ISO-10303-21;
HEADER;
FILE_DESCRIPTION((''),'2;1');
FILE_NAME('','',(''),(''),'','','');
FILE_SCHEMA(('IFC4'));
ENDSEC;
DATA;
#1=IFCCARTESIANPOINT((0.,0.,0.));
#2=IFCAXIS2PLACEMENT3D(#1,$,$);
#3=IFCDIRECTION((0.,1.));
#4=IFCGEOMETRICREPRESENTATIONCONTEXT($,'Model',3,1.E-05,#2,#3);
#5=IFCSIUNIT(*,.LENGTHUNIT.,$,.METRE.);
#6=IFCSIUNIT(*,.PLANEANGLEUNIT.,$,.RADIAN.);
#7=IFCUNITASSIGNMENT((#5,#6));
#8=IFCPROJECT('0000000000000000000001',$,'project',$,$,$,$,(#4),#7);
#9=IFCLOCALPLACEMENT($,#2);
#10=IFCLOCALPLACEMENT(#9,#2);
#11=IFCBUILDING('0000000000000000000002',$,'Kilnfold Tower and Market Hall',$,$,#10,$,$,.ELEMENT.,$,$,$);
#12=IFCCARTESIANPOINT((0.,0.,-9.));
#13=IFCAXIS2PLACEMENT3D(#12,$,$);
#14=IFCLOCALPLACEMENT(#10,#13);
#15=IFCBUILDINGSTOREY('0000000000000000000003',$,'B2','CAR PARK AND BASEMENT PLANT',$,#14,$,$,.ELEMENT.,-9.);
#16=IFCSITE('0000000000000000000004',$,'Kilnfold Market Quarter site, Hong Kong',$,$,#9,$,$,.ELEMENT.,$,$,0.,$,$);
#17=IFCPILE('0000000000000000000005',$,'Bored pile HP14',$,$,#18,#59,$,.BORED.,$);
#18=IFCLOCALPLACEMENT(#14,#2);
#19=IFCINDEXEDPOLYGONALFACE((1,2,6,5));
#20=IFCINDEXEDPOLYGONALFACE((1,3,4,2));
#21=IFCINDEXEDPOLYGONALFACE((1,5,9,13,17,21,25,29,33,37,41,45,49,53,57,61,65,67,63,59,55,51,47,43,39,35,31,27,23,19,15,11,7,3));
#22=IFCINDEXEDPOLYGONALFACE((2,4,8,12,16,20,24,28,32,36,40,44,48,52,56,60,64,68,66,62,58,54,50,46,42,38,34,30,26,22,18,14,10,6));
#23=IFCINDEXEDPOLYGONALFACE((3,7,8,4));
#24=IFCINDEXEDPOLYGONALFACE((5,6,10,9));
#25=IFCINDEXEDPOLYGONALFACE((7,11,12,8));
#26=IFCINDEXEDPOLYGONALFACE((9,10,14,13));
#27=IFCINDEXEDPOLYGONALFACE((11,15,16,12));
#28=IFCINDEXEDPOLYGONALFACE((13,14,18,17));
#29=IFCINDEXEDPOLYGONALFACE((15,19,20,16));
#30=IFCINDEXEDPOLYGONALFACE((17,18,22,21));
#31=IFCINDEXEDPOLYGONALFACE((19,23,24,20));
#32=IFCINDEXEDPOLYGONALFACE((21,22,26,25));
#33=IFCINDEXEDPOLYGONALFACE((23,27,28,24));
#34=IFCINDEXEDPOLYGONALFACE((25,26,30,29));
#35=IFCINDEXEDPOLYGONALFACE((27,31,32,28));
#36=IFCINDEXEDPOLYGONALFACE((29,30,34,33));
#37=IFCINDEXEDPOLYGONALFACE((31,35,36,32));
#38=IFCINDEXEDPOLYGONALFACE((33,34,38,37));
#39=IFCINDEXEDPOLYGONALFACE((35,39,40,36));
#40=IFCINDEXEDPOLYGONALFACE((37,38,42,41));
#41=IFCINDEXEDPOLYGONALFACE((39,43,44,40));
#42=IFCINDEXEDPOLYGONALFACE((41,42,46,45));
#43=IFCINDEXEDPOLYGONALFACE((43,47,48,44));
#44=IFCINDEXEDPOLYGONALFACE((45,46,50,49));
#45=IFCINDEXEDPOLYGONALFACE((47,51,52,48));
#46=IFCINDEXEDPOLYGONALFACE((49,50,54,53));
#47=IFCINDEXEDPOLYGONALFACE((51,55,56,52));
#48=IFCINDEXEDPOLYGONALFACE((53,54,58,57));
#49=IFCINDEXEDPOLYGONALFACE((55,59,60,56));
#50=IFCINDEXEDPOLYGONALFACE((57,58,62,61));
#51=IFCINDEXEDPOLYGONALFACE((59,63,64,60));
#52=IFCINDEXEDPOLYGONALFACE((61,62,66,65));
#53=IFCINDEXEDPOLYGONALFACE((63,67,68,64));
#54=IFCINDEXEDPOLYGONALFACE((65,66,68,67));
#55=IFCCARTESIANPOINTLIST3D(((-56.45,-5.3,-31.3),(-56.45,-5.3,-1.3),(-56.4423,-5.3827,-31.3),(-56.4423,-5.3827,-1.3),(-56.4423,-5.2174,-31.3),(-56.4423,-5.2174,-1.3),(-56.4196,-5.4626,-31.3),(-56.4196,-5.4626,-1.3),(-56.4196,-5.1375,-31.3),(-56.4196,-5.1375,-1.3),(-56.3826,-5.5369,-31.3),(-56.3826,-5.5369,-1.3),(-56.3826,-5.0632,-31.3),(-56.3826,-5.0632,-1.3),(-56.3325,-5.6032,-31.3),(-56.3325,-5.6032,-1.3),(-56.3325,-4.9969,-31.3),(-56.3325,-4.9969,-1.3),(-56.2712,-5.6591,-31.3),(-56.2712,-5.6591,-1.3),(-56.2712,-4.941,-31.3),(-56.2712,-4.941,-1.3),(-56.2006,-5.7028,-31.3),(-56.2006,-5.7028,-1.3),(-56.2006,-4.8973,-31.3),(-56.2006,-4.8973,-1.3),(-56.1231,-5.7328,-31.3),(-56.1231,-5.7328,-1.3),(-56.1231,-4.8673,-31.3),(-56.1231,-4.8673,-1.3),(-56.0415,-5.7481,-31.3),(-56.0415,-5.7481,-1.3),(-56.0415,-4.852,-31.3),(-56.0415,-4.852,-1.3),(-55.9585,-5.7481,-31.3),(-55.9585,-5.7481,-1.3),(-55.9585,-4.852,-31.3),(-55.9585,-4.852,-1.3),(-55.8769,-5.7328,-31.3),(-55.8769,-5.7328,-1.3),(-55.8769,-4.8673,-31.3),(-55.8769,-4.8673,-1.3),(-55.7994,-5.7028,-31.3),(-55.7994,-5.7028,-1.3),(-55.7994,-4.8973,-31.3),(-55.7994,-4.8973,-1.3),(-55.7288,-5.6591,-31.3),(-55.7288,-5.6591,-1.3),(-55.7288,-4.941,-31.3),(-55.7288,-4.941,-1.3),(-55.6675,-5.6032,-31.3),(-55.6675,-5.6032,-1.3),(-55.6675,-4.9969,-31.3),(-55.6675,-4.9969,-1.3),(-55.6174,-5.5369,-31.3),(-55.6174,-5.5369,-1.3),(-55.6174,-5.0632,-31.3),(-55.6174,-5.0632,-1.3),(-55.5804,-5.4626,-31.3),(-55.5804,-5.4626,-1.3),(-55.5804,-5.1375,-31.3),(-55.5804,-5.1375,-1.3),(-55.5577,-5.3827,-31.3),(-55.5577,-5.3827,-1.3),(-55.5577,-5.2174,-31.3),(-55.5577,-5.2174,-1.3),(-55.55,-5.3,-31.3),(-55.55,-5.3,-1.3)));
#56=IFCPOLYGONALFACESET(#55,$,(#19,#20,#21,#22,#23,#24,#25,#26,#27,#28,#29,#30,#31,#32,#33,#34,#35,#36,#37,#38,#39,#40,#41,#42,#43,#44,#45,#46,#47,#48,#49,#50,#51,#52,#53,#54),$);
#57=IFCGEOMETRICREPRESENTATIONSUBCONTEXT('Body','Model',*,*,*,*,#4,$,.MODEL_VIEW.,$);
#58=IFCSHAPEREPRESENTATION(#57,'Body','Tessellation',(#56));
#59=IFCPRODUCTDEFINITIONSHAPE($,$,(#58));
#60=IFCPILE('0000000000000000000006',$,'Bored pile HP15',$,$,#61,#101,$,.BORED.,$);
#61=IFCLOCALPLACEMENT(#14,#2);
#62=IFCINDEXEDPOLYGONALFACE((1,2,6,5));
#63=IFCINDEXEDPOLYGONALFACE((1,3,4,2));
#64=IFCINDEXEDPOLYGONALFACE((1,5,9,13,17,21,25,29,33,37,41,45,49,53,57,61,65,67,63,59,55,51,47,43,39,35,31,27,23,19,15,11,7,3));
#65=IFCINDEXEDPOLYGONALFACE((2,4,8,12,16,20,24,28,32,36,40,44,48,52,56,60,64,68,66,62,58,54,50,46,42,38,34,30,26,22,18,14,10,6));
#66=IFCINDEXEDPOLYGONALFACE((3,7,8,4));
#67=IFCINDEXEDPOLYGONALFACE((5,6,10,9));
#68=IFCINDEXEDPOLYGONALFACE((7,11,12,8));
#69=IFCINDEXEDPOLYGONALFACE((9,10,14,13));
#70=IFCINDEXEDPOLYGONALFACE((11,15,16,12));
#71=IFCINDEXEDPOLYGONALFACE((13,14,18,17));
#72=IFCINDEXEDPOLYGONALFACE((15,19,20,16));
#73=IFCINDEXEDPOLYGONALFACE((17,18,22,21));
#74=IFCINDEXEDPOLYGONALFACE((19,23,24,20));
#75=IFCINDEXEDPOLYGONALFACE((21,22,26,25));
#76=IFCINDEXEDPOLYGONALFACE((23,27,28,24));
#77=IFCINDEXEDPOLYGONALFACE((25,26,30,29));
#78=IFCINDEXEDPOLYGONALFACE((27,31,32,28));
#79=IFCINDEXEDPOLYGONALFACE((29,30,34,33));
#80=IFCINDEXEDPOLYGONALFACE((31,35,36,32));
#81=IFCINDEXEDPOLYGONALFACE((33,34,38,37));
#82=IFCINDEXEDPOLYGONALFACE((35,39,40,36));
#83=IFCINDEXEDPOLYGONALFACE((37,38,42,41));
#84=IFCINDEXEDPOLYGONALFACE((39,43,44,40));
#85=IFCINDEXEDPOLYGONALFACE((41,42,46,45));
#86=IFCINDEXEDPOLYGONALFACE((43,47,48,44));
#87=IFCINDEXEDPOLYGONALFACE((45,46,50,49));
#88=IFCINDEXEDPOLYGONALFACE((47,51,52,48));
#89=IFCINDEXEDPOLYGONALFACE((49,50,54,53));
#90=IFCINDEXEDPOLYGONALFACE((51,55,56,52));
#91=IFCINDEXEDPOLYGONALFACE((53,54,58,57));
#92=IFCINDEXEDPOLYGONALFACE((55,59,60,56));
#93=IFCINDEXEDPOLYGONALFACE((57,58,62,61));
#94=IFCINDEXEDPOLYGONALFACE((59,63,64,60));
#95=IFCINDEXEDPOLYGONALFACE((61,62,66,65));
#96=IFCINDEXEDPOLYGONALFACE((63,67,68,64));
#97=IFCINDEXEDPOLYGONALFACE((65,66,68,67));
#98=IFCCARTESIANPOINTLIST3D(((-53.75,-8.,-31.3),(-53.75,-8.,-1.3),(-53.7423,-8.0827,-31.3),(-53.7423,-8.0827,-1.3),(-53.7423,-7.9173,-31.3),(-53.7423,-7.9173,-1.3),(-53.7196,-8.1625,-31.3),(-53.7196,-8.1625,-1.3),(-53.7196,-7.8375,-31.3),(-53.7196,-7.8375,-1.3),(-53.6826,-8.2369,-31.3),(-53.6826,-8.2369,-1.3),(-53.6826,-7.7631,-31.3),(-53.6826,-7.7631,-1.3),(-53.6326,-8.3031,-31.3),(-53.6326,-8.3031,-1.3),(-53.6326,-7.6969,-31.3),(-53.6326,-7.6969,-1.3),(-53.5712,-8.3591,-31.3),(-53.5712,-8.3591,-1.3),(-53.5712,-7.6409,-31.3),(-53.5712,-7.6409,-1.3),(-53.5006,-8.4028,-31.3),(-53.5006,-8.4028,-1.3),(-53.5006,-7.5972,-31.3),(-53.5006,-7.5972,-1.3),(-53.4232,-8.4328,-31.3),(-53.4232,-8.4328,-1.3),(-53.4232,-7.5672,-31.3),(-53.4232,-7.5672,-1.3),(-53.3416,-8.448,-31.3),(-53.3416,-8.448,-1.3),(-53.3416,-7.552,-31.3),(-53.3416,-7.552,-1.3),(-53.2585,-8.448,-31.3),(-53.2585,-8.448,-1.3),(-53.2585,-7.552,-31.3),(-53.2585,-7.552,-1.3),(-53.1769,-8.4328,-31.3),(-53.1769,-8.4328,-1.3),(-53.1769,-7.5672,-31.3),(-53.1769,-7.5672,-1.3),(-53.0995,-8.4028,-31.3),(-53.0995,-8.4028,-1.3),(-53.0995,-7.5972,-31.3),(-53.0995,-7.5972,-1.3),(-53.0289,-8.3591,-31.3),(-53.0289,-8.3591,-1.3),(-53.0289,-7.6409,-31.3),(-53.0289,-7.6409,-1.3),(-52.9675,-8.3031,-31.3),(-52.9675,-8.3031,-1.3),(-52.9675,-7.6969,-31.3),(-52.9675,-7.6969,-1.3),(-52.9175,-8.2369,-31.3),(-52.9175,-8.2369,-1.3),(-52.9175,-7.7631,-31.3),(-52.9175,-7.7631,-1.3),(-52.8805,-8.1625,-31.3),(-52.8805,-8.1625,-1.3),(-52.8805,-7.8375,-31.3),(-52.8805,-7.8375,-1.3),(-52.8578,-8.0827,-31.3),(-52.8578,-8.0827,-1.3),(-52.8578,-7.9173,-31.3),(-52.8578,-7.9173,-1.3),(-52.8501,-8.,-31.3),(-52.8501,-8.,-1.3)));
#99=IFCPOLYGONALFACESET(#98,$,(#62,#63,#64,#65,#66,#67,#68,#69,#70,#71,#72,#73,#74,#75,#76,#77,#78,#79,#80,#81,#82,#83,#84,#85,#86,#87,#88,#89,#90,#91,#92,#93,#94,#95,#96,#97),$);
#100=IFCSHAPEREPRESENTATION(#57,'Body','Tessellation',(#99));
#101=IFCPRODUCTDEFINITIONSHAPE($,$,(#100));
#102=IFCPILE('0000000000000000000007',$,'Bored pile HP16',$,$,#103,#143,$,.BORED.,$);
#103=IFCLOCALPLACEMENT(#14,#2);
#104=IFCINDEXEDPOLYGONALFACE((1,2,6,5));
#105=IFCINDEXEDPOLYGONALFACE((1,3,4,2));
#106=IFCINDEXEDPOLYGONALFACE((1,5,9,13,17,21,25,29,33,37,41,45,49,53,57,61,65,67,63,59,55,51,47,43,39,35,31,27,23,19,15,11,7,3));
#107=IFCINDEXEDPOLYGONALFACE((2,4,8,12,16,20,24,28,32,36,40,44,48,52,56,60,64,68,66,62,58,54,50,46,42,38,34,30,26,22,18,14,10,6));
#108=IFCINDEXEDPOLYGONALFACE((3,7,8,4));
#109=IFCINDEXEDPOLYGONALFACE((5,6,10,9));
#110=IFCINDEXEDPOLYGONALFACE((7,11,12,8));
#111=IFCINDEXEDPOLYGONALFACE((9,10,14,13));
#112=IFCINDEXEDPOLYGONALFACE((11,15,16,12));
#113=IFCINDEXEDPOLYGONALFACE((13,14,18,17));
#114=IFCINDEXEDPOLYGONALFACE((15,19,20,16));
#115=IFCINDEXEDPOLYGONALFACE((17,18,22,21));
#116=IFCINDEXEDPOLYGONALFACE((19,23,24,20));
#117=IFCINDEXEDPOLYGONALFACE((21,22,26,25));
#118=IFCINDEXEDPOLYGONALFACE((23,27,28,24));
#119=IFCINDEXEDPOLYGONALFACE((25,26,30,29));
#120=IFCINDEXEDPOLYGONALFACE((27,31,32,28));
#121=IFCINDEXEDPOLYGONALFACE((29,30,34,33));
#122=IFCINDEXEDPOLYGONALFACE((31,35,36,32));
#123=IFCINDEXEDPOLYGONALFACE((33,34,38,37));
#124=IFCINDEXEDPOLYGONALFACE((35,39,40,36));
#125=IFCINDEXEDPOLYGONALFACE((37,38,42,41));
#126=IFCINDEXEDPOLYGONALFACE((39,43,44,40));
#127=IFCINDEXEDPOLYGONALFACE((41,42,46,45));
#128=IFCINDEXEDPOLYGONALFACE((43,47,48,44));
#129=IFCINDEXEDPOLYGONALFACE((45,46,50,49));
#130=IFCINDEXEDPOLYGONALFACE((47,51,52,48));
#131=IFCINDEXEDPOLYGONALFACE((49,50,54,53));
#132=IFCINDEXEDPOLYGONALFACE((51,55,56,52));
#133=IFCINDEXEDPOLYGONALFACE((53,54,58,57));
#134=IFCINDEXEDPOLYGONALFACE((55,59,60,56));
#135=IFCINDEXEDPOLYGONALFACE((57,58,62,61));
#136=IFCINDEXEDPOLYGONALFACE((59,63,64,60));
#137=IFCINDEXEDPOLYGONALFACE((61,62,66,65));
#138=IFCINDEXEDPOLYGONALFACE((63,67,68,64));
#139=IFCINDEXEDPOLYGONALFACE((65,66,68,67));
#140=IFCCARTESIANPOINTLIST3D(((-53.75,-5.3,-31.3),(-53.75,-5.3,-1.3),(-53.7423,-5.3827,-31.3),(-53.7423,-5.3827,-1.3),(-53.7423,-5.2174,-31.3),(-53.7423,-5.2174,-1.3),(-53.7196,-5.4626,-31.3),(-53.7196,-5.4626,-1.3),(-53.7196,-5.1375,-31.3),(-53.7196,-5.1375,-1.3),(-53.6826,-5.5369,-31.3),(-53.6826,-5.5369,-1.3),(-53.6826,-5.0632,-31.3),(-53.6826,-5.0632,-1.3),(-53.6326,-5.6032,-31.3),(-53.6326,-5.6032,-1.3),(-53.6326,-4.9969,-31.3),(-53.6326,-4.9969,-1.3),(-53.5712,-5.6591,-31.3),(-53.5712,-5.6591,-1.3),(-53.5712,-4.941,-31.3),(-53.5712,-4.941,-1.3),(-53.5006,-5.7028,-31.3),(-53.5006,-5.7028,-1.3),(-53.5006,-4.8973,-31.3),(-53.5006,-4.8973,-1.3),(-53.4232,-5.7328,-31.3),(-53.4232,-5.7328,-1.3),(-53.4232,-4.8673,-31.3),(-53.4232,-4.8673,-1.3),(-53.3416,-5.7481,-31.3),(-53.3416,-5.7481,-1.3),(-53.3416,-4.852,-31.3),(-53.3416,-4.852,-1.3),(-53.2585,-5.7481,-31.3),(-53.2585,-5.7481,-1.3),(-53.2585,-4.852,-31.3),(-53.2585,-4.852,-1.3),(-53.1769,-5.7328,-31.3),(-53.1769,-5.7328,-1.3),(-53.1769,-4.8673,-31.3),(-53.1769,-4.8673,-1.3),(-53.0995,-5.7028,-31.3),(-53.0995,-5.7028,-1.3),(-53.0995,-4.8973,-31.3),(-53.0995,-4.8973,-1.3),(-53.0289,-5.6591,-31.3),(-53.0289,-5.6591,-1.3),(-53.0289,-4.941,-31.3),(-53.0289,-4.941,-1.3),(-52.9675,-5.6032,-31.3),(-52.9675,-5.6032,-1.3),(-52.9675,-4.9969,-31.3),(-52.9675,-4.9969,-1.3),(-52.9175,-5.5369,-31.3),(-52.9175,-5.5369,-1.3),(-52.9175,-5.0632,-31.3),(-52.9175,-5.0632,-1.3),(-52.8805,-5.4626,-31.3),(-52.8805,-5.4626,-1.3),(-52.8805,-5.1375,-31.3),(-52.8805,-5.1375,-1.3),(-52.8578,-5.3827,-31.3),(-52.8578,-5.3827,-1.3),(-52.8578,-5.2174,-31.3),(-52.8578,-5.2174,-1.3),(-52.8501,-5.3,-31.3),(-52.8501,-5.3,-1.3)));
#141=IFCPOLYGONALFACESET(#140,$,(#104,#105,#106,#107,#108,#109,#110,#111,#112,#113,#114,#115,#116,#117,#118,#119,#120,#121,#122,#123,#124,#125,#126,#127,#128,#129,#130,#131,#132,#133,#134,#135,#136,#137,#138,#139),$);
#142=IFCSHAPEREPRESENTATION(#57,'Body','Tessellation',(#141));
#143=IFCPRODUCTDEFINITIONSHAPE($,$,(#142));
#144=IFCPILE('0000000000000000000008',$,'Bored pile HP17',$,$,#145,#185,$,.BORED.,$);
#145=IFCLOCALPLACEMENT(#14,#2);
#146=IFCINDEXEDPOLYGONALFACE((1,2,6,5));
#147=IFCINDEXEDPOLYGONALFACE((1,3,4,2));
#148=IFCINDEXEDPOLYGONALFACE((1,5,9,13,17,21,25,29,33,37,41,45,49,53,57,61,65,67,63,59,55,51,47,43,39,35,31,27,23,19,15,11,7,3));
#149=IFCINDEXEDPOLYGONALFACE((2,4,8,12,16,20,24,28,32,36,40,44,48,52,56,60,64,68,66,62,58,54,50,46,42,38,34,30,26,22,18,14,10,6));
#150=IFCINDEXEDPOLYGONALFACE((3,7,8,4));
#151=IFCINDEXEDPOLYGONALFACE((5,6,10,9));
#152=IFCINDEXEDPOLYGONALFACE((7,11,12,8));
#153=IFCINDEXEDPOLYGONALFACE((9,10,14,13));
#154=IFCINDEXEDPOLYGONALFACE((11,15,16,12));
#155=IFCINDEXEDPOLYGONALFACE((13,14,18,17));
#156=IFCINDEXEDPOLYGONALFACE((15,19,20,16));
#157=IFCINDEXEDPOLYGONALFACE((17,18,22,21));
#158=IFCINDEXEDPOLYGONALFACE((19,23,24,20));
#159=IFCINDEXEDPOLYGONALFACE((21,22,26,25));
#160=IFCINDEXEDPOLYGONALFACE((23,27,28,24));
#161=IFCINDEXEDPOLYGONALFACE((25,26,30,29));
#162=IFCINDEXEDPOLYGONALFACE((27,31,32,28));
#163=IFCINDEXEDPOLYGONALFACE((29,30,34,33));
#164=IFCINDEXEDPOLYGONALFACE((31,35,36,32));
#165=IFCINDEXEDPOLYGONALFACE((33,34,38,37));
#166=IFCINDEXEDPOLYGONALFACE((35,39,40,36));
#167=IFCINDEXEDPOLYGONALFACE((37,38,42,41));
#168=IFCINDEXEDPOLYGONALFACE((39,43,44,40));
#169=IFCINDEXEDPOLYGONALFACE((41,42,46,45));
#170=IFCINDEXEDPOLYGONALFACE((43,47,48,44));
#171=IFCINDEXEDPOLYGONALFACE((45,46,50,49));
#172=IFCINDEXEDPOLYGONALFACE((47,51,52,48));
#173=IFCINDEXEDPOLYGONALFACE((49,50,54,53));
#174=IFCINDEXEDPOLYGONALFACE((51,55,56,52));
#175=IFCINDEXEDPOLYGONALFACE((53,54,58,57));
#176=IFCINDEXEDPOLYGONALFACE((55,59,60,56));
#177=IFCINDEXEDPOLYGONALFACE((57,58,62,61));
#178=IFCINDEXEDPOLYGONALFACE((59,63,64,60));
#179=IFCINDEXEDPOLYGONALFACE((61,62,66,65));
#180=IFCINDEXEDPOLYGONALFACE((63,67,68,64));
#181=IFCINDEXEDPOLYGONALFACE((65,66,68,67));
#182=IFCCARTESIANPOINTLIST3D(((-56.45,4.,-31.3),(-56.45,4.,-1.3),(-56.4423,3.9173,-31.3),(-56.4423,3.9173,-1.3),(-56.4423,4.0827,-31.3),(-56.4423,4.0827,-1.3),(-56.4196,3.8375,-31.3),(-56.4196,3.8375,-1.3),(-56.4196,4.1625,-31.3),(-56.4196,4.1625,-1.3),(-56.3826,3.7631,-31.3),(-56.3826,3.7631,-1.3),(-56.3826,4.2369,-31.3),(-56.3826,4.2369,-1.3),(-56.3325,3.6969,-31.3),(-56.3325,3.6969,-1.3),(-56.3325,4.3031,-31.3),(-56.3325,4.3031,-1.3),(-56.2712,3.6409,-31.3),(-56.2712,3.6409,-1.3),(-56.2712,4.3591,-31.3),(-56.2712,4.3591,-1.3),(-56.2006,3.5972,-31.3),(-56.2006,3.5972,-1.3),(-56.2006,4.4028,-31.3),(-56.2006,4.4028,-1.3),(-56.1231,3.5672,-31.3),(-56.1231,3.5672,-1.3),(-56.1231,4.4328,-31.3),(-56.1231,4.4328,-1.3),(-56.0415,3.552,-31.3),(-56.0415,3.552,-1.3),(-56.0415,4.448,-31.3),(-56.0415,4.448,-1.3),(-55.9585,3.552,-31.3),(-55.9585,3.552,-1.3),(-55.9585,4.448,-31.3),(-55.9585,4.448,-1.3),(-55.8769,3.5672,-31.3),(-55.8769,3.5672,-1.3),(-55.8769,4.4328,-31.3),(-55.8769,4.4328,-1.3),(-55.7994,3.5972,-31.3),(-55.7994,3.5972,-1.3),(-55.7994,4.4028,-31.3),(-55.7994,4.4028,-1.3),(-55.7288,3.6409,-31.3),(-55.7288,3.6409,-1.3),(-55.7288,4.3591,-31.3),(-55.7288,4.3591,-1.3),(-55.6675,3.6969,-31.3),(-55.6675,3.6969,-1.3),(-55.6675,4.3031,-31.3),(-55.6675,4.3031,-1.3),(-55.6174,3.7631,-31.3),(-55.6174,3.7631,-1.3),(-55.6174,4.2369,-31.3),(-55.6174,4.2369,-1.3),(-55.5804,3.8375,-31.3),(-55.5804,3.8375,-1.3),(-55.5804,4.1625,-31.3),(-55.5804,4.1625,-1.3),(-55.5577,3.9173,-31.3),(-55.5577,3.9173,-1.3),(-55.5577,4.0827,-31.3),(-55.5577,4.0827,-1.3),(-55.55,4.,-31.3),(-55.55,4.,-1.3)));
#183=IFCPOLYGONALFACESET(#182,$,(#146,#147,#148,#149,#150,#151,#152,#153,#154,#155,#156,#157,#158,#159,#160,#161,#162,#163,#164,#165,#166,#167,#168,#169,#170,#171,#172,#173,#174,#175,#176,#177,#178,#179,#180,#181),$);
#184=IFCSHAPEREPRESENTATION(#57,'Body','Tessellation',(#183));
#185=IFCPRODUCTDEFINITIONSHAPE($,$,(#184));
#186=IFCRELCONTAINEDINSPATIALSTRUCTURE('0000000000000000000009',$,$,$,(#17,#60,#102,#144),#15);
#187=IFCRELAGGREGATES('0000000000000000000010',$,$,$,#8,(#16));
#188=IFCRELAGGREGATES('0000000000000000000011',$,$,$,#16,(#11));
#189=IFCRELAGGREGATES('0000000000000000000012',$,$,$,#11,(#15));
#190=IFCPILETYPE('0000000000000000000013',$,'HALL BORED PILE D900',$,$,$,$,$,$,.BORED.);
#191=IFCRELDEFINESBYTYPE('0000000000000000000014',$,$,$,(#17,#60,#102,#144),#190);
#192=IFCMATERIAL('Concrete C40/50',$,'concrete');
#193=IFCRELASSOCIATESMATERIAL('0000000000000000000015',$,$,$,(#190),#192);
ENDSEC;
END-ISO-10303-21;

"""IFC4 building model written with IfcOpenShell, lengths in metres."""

from ifc_helpers import new_model, si_unit, direction, frame, origin, origin_2d, place, context, subcontext, project, spatial, circle, extrude, source, transform, mapped, material, material_profile, profile_set, type_object, element, save


model = new_model("IFC4")

# Units and contexts
model_context = context("Model", 3, precision=1e-05, world=origin(), true_north=direction((0.0, 1.0)))
body_context = subcontext(model_context, "Body", "Model", "MODEL_VIEW")
ifc_project = project(units=[si_unit("LENGTHUNIT", "METRE"), si_unit("PLANEANGLEUNIT", "RADIAN")], contexts=[model_context])

# Site, building, storey
site_placement = place(None, origin())
site = spatial("IfcSite", under=ifc_project, at=site_placement, Name="Kilnfold Market Quarter site, Hong Kong", CompositionType="ELEMENT", RefElevation=0.0)
building_placement = place(site_placement, origin())
building = spatial("IfcBuilding", under=site, at=building_placement, Name="Kilnfold Tower and Market Hall", CompositionType="ELEMENT")
storey_placement = place(building_placement, frame((0.0, 0.0, -9.0)))
storey = spatial("IfcBuildingStorey", under=building, at=storey_placement, Name="B2", Description="CAR PARK AND BASEMENT PLANT", CompositionType="ELEMENT", Elevation=-9.0)

# Piles
ifc_material_1 = material(Name="Concrete C40/50", Category="concrete")
ifc_material_profile_1 = material_profile(ifc_material_1, circle(Radius=0.45, at=origin_2d()), Name="D900")
ifc_profile_set_1 = profile_set([ifc_material_profile_1], Name="Concrete C40/50")
pile_type = type_object("IfcPileType", Name="HALL BORED PILE D900", PredefinedType="BORED", material=ifc_profile_set_1)
shared_shape_1 = source(origin(), body_context, "Body", "SweptSolid", [
    extrude(circle(Radius=0.45, at=origin_2d()), origin(), (0.0, 0.0, 1.0), 30.0),
])
for number, where, z_axis, x_axis, name in (
    (1, (-56.0, -5.3, -1.3), (0.0, 0.0, -1.0), (1.0, 0.0, 0.0), "Bored pile HP14"),
    (2, (-53.3, -8.0, -1.3), (0.0, 0.0, -1.0), (1.0, 0.0, 0.0), "Bored pile HP15"),
    (3, (-53.3, -5.3, -1.3), (0.0, 0.0, -1.0), (1.0, 0.0, 0.0), "Bored pile HP16"),
    (4, (-56.0, 4.0, -1.3), (0.0, 0.0, -1.0), (1.0, 0.0, 0.0), "Bored pile HP17"),
):
    element("IfcPile", number, at=place(storey_placement, frame(where, z_axis=z_axis, x_axis=x_axis)), inside=storey, type_object=pile_type, Name=name, PredefinedType="BORED", context=body_context, shape_type="MappedRepresentation", body=[
        mapped(shared_shape_1, transform((0.0, 0.0, 0.0))),
    ])

save(model, "model.ifc")
